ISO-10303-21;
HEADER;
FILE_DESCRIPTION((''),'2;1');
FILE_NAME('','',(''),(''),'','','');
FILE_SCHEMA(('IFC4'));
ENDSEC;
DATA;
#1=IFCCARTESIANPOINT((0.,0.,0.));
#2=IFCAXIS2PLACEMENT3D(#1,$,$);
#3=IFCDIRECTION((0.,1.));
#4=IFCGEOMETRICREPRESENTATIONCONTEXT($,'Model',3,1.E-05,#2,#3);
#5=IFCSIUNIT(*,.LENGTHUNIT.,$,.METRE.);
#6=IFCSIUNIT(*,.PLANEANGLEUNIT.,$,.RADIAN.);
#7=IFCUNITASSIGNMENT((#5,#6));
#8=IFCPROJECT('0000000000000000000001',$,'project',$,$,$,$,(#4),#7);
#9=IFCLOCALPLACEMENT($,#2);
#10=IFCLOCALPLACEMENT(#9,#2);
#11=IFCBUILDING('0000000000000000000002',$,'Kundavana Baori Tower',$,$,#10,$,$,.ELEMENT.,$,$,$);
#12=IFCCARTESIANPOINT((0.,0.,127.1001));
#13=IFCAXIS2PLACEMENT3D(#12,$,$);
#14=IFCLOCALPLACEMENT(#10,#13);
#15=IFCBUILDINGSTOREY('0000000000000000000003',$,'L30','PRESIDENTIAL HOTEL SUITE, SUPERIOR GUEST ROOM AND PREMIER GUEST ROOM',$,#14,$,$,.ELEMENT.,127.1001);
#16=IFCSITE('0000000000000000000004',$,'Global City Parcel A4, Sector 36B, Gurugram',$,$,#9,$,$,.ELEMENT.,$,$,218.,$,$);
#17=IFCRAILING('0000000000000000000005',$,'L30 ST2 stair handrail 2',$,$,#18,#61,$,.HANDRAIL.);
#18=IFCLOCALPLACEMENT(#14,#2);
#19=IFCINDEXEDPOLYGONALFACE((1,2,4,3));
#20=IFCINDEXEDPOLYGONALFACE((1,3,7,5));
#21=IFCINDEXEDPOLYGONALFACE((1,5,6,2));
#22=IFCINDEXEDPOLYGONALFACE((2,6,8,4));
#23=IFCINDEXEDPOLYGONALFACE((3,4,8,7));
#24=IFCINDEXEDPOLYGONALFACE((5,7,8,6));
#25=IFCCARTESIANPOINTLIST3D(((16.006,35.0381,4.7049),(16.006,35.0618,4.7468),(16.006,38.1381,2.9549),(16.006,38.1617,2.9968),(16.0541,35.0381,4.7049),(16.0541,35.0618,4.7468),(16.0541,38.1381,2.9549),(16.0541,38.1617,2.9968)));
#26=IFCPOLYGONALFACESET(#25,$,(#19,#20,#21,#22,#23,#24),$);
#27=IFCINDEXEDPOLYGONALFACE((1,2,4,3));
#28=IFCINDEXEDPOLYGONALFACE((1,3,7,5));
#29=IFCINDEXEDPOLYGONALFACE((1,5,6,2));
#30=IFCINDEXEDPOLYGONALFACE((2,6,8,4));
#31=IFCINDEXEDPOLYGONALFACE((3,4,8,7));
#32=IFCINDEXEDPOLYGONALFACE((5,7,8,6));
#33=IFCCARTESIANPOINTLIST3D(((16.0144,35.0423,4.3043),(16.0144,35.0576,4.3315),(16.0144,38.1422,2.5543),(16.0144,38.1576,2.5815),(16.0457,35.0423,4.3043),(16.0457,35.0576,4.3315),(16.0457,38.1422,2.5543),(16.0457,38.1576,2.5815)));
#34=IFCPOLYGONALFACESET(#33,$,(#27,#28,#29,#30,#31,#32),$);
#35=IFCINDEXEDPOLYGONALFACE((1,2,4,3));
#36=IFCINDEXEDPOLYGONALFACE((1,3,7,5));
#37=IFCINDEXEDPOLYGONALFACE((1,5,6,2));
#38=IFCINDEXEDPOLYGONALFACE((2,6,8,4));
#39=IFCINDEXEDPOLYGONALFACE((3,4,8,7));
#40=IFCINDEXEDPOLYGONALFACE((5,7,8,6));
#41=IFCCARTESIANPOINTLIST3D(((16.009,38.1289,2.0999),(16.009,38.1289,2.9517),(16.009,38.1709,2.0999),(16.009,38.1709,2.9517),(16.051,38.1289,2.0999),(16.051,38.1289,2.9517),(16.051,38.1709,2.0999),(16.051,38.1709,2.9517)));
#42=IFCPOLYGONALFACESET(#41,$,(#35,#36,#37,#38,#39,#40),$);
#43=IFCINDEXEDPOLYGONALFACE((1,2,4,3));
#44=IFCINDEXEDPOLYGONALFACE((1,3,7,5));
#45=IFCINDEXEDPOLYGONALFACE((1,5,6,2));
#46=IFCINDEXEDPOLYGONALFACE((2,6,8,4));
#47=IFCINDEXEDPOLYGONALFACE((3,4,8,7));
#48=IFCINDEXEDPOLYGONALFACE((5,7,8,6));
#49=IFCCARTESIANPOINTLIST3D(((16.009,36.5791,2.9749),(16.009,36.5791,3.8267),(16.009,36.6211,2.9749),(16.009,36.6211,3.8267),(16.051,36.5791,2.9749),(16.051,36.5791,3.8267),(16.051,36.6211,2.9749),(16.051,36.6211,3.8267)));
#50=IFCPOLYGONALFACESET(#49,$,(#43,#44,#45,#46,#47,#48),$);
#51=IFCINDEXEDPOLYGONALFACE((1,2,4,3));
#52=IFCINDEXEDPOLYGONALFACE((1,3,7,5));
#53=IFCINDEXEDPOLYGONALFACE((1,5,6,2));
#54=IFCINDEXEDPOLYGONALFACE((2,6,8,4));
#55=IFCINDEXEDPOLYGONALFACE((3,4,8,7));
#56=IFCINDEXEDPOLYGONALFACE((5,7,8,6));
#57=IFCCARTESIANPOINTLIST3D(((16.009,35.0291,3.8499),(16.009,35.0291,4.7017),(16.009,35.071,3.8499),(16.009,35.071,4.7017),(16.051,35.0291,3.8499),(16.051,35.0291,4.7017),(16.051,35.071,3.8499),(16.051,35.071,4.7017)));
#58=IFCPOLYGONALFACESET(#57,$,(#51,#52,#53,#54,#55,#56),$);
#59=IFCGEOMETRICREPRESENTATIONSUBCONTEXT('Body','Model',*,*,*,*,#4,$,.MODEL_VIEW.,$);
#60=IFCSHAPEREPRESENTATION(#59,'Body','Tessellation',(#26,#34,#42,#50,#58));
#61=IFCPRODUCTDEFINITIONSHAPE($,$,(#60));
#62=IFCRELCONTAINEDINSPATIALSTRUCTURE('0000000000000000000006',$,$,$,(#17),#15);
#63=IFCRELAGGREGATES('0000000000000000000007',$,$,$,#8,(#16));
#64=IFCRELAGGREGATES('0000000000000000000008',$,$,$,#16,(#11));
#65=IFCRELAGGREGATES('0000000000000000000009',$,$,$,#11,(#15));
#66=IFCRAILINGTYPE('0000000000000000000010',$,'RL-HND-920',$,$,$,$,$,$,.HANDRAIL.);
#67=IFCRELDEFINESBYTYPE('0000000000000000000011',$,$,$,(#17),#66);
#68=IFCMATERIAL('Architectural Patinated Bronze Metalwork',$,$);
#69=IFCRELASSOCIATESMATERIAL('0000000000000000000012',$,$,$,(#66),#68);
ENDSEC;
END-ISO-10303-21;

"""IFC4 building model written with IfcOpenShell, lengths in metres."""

from ifc_helpers import new_model, si_unit, direction, frame, origin, origin_2d, place, context, subcontext, project, spatial, rectangle, extrude, material, type_object, element, save


model = new_model("IFC4")

# Units and contexts
model_context = context("Model", 3, precision=1e-05, world=origin(), true_north=direction((0.0, 1.0)))
body_context = subcontext(model_context, "Body", "Model", "MODEL_VIEW")
ifc_project = project(units=[si_unit("LENGTHUNIT", "METRE"), si_unit("PLANEANGLEUNIT", "RADIAN")], contexts=[model_context])

# Site, building, storey
site_placement = place(None, origin())
site = spatial("IfcSite", under=ifc_project, at=site_placement, Name="Global City Parcel A4, Sector 36B, Gurugram", CompositionType="ELEMENT", RefElevation=218.0)
building_placement = place(site_placement, origin())
building = spatial("IfcBuilding", under=site, at=building_placement, Name="Kundavana Baori Tower", CompositionType="ELEMENT")
storey_placement = place(building_placement, frame((0.0, 0.0, 127.1001)))
storey = spatial("IfcBuildingStorey", under=building, at=storey_placement, Name="L30", Description="PRESIDENTIAL HOTEL SUITE, SUPERIOR GUEST ROOM AND PREMIER GUEST ROOM", CompositionType="ELEMENT", Elevation=127.1001)

# Railing
ifc_material_1 = material(Name="Architectural Patinated Bronze Metalwork")
railing_type_1 = type_object("IfcRailingType", Name="RL-HND-920", PredefinedType="HANDRAIL", material=ifc_material_1)
railing_1_placement = place(storey_placement, frame((16.03, 38.1499, 2.0999)))
element("IfcRailing", 1, at=railing_1_placement, inside=storey, type_object=railing_type_1, Name="L30 ST2 stair handrail 2", PredefinedType="HANDRAIL", context=body_context, shape_type="SweptSolid", body=[
    extrude(rectangle(XDim=0.0481, YDim=0.0481, at=origin_2d()), frame((0.0, 0.0, 0.876), z_axis=(0.0, -0.870814, 0.491612), x_axis=(1.0, 0.0, 0.0)), (0.0, 0.0, 1.0), 3.5598),
    extrude(rectangle(XDim=0.0312, YDim=0.0312, at=origin_2d()), frame((0.0, 0.0, 0.468), z_axis=(0.0, -0.870814, 0.491612), x_axis=(1.0, 0.0, 0.0)), (0.0, 0.0, 1.0), 3.5598),
    extrude(rectangle(XDim=0.042, YDim=0.042, at=origin_2d()), origin(), (0.0, 0.0, 1.0), 0.8518),
    extrude(rectangle(XDim=0.042, YDim=0.042, at=origin_2d()), frame((0.0, -1.5498, 0.875)), (0.0, 0.0, 1.0), 0.8518),
    extrude(rectangle(XDim=0.042, YDim=0.042, at=origin_2d()), frame((0.0, -3.0999, 1.75)), (0.0, 0.0, 1.0), 0.8518),
])

save(model, "model.ifc")
